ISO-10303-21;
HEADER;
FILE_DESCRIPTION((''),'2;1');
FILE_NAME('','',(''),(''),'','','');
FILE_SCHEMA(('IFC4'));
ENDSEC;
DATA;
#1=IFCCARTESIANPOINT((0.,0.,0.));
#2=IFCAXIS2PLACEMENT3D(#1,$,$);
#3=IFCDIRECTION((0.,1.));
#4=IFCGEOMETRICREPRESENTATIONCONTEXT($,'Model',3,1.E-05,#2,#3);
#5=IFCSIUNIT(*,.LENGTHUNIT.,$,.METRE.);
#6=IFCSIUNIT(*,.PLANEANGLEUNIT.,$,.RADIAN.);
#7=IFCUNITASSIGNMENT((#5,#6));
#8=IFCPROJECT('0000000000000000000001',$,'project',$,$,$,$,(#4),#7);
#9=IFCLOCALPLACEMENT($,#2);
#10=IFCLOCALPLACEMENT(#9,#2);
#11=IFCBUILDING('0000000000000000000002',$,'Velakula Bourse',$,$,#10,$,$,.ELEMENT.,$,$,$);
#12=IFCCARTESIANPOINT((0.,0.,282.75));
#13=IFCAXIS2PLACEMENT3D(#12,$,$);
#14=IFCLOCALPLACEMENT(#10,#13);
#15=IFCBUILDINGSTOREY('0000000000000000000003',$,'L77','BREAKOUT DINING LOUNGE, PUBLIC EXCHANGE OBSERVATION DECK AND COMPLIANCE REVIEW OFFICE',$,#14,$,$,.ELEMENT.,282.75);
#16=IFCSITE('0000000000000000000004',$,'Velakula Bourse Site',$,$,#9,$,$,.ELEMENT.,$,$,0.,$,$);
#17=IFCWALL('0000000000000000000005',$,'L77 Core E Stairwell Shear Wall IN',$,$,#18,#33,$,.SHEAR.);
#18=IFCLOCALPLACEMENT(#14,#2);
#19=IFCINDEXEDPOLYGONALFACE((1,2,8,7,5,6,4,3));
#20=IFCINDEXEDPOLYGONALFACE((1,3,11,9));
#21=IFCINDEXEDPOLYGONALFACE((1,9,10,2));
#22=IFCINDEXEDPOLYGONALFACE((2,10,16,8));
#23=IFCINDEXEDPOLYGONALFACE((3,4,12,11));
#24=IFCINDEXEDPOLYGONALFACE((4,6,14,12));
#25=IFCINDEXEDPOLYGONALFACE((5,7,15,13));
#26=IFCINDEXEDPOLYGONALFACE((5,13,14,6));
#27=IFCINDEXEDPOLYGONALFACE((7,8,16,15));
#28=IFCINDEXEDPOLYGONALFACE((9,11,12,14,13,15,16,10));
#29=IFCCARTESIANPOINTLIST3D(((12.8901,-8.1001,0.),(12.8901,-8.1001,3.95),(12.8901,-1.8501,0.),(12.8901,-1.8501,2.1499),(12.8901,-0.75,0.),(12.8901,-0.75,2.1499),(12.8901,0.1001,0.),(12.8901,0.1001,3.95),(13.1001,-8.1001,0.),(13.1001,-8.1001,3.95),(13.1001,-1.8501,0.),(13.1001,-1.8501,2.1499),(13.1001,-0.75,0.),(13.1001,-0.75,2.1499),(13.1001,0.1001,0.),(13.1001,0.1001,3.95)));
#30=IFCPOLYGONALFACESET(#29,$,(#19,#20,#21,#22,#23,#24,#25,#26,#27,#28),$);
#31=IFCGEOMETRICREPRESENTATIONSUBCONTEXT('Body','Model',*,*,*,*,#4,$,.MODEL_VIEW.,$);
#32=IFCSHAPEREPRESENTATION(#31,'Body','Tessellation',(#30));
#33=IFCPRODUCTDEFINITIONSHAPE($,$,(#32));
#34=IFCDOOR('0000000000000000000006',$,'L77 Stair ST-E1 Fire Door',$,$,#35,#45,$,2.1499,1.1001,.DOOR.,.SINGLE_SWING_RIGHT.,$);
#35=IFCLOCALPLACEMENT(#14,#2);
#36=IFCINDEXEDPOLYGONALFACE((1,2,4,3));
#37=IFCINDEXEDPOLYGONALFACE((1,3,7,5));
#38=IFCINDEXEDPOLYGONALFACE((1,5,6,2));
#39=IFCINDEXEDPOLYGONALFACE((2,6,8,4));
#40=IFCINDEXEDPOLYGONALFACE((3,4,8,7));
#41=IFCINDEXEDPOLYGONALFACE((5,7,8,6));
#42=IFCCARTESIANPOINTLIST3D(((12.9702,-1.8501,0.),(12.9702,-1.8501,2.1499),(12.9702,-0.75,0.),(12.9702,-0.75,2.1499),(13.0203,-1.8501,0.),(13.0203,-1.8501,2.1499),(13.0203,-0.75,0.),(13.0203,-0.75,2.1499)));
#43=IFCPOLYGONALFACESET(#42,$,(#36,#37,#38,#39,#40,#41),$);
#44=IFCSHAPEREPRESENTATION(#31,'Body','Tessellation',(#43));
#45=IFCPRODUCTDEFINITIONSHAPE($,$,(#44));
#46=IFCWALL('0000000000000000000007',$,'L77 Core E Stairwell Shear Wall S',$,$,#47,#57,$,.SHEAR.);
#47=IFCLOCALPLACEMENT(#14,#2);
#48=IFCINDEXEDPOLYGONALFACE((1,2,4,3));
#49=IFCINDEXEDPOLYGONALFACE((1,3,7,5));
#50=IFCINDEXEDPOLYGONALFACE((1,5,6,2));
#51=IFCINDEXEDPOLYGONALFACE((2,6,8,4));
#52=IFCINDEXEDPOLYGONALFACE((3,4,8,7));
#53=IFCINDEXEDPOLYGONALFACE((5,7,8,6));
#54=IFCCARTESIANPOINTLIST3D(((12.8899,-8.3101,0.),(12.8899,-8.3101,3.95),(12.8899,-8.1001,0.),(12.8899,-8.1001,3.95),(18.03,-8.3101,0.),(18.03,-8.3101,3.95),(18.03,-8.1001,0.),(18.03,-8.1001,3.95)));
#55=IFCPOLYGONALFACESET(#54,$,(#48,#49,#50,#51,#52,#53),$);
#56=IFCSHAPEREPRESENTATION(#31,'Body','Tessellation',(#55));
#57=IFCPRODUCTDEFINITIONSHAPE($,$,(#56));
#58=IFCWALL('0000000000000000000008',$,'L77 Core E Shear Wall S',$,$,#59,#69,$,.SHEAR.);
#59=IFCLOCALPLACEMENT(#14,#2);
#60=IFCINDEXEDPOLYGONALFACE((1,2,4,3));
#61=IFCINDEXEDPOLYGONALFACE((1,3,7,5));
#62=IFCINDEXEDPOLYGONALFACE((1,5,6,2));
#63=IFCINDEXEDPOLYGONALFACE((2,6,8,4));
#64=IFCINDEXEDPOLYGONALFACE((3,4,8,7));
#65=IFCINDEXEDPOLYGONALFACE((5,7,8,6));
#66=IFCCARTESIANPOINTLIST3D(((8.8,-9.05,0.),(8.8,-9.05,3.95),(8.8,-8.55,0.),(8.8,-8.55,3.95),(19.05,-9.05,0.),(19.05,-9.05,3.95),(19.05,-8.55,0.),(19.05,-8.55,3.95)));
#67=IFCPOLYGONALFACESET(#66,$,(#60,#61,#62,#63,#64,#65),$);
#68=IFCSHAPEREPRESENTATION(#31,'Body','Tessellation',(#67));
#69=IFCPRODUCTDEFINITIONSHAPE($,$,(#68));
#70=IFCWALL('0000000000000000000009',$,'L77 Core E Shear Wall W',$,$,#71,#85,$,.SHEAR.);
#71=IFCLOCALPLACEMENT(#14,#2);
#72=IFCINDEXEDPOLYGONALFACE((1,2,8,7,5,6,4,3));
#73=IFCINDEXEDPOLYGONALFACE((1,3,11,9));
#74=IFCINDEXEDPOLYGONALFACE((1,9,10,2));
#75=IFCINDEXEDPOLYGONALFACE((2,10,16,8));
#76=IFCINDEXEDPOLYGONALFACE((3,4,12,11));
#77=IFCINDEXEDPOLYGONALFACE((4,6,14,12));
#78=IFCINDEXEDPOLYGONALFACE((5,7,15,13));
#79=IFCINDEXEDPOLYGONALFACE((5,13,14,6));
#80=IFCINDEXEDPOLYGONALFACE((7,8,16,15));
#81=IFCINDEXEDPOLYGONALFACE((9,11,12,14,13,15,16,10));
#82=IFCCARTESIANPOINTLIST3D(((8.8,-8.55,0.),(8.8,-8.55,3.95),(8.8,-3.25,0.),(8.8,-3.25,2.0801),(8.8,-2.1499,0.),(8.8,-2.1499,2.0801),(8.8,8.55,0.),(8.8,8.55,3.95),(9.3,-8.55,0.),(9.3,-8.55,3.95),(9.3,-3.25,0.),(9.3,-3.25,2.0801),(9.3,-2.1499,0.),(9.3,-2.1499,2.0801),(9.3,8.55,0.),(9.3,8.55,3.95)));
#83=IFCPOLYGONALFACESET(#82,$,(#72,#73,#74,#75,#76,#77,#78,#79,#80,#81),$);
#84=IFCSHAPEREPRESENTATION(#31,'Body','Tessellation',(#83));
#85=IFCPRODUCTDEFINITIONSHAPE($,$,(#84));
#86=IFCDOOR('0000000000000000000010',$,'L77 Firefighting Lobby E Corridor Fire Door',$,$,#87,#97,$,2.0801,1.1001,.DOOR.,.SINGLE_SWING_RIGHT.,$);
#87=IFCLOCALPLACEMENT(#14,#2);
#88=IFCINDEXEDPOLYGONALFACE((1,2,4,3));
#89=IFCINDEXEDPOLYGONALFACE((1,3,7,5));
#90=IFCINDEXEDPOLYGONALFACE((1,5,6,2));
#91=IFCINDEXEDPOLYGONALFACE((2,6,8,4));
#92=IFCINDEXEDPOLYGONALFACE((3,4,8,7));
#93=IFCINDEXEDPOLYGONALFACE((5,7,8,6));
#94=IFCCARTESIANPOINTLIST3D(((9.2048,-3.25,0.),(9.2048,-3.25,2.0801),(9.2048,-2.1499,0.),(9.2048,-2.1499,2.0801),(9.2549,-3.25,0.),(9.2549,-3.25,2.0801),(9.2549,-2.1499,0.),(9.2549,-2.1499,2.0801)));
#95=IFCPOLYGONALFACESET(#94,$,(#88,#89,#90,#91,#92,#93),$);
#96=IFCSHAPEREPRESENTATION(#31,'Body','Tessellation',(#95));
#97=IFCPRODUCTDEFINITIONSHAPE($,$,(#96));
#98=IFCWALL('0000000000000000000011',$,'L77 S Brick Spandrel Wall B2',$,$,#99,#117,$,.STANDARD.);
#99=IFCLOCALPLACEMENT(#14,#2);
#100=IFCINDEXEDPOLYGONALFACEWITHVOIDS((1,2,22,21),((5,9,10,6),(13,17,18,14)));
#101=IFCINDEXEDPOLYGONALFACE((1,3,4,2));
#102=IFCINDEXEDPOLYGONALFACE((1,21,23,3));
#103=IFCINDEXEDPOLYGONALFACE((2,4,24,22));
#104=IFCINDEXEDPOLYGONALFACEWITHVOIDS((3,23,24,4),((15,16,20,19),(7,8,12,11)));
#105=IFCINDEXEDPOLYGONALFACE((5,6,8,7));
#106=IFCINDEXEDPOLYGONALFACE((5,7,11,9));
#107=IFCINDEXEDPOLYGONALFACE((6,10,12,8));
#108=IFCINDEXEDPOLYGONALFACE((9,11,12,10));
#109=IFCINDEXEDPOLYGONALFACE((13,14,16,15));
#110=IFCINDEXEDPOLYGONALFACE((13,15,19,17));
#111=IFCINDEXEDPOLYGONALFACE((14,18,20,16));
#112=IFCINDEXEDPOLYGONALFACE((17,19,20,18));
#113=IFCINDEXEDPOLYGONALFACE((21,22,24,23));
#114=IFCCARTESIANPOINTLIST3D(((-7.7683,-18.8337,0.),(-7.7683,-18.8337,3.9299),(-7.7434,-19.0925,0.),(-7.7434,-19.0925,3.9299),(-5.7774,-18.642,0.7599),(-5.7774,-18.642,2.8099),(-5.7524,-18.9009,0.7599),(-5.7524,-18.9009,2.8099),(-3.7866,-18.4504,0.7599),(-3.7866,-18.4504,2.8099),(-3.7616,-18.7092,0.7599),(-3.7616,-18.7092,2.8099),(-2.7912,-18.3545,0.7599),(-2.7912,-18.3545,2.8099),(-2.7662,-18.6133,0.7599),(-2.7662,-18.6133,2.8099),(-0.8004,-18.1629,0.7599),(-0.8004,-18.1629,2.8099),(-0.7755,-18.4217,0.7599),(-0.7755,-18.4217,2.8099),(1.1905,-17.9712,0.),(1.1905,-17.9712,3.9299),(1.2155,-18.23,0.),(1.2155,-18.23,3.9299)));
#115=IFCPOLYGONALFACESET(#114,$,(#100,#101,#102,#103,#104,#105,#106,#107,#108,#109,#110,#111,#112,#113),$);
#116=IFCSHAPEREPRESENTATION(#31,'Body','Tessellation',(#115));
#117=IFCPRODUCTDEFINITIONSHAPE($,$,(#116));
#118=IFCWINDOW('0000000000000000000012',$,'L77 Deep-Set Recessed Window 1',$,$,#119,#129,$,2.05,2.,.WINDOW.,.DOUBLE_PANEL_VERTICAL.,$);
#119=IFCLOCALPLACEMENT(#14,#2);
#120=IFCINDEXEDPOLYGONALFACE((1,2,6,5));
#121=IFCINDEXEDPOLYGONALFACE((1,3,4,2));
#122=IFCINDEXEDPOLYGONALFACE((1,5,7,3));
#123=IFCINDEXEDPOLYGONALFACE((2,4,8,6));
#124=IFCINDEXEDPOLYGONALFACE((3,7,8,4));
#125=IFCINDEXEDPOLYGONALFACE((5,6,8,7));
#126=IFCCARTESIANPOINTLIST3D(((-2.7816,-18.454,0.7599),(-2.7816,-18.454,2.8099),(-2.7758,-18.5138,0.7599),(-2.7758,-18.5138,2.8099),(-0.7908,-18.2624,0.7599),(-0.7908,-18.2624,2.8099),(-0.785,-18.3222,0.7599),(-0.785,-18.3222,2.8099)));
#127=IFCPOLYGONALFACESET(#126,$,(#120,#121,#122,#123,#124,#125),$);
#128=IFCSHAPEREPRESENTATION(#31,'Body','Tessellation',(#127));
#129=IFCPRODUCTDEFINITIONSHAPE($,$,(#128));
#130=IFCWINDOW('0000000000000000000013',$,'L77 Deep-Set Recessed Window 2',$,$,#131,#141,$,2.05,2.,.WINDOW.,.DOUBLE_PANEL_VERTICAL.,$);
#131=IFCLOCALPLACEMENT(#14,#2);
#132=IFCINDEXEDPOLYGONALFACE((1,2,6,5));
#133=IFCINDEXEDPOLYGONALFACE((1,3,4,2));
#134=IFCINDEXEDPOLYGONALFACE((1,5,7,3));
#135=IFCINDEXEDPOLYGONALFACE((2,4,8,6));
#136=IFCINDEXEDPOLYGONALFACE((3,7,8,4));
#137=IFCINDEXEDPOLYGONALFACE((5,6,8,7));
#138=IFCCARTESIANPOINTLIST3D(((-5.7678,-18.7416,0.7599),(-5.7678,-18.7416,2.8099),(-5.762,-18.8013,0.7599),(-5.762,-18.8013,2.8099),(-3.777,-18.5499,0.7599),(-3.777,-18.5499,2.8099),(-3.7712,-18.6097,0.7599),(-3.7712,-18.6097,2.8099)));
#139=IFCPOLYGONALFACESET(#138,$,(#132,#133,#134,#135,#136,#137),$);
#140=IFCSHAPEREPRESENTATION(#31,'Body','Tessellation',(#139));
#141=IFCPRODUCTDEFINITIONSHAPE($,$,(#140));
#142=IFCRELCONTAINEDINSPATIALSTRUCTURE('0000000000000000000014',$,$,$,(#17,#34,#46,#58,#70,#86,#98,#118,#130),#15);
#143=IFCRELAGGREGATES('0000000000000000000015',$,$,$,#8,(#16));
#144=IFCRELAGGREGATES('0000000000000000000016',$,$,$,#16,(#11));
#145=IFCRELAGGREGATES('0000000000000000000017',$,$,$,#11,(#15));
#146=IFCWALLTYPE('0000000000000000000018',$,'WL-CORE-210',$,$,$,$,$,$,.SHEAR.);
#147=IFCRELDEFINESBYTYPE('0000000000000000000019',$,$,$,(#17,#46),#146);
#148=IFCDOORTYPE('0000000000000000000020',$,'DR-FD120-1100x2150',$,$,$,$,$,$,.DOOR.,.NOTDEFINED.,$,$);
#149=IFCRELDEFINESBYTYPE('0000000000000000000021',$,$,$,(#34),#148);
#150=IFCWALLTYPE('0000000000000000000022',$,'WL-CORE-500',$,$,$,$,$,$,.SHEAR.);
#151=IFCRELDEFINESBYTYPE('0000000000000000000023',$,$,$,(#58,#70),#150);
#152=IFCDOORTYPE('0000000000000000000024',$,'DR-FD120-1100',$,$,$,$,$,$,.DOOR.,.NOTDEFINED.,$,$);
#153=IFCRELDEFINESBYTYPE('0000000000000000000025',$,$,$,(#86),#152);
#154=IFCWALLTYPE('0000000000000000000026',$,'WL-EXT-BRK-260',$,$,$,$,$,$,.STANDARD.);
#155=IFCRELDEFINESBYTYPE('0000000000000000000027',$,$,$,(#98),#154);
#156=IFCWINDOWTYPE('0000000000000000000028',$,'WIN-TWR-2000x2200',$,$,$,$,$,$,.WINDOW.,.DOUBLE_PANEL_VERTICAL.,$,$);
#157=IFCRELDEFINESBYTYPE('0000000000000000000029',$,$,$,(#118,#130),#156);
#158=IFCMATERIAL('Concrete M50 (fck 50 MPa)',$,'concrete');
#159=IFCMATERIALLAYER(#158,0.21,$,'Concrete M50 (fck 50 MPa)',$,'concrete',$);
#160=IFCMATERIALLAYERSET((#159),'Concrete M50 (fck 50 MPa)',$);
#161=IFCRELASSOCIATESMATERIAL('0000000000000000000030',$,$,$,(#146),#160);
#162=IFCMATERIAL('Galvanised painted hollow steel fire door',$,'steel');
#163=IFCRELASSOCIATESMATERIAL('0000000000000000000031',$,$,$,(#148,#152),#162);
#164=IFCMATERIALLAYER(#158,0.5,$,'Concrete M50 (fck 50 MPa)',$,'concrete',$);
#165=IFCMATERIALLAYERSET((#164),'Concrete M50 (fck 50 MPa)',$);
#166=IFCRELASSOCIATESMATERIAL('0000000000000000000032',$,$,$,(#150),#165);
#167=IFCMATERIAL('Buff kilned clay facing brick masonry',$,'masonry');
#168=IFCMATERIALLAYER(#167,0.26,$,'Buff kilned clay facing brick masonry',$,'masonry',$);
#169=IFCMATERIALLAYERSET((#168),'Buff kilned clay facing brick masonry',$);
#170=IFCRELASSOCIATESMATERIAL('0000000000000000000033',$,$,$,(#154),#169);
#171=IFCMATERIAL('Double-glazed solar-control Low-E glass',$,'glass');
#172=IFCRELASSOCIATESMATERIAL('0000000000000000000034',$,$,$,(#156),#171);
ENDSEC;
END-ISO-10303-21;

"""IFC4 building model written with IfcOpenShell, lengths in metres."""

from ifc_helpers import new_model, si_unit, direction, frame, frame_2d, origin, place, context, subcontext, project, spatial, rectangle, extrude, material, layer, layer_set, type_object, element, fill, save


model = new_model("IFC4")

# Units and contexts
model_context = context("Model", 3, precision=1e-05, world=origin(), true_north=direction((0.0, 1.0)))
body_context = subcontext(model_context, "Body", "Model", "MODEL_VIEW")
ifc_project = project(units=[si_unit("LENGTHUNIT", "METRE"), si_unit("PLANEANGLEUNIT", "RADIAN")], contexts=[model_context])

# Site, building, storey
site_placement = place(None, origin())
site = spatial("IfcSite", under=ifc_project, at=site_placement, Name="Velakula Bourse Site", CompositionType="ELEMENT", RefElevation=0.0)
building_placement = place(site_placement, origin())
building = spatial("IfcBuilding", under=site, at=building_placement, Name="Velakula Bourse", CompositionType="ELEMENT")
storey_placement = place(building_placement, frame((0.0, 0.0, 282.75)))
storey = spatial("IfcBuildingStorey", under=building, at=storey_placement, Name="L77", Description="BREAKOUT DINING LOUNGE, PUBLIC EXCHANGE OBSERVATION DECK AND COMPLIANCE REVIEW OFFICE", CompositionType="ELEMENT", Elevation=282.75)

# Shared definitions
ifc_material_1 = material(Name="Concrete M50 (fck 50 MPa)", Category="concrete")

# Wall, opening, door
ifc_layer_1 = layer(ifc_material_1, 0.21, Name="Concrete M50 (fck 50 MPa)", Category="concrete")
ifc_layer_set_1 = layer_set([ifc_layer_1], Name="Concrete M50 (fck 50 MPa)")
wall_type_1 = type_object("IfcWallType", Name="WL-CORE-210", PredefinedType="SHEAR", material=ifc_layer_set_1)
wall_1_placement = place(storey_placement, frame((12.9951, -8.1001, 0.0), z_axis=(0.0, 0.0, 1.0), x_axis=(0.0, 1.0, 0.0)))
wall_1 = element("IfcWall", 1, at=wall_1_placement, inside=storey, type_object=wall_type_1, Name="L77 Core E Stairwell Shear Wall IN", PredefinedType="SHEAR", context=body_context, shape_type="SweptSolid", body=[
    extrude(rectangle(XDim=8.2002, YDim=0.21, at=frame_2d((4.1001, 0.0))), origin(), (0.0, 0.0, 1.0), 3.95),
])
opening_1_placement = place(wall_1_placement, frame((6.25, 0.0, 0.0)))
opening_1 = element("IfcOpeningElement", 2, at=opening_1_placement, cuts=wall_1, PredefinedType="OPENING", context=body_context, shape_type="SweptSolid", body=[
    extrude(rectangle(XDim=1.1001, YDim=2.1499, at=frame_2d((0.55, 1.075))), frame((0.0, 0.115, 0.0), z_axis=(0.0, -1.0, 0.0), x_axis=(1.0, 0.0, 0.0)), (0.0, 0.0, 1.0), 0.23),
])
ifc_material_2 = material(Name="Galvanised painted hollow steel fire door", Category="steel")
door_type_1 = type_object("IfcDoorType", Name="DR-FD120-1100x2150", OperationType="NOTDEFINED", PredefinedType="DOOR", material=ifc_material_2)
door_1_placement = place(opening_1_placement, origin())
door_1 = element("IfcDoor", 3, at=door_1_placement, inside=storey, type_object=door_type_1, Name="L77 Stair ST-E1 Fire Door", OperationType="SINGLE_SWING_RIGHT", OverallHeight=2.1499, OverallWidth=1.1001, PredefinedType="DOOR", context=body_context, shape_type="SweptSolid", body=[
    extrude(rectangle(XDim=1.1001, YDim=2.1499, at=frame_2d((0.55, 1.075))), frame((0.0, 0.0249, 0.0), z_axis=(0.0, -1.0, 0.0), x_axis=(1.0, 0.0, 0.0)), (0.0, 0.0, 1.0), 0.05),
])
fill(opening_1, door_1)

# Walls
wall_2_placement = place(storey_placement, frame((12.8899, -8.2051, 0.0), z_axis=(0.0, 0.0, 1.0), x_axis=(1.0, 0.0, 0.0)))
element("IfcWall", 4, at=wall_2_placement, inside=storey, type_object=wall_type_1, Name="L77 Core E Stairwell Shear Wall S", PredefinedType="SHEAR", context=body_context, shape_type="SweptSolid", body=[
    extrude(rectangle(XDim=5.1401, YDim=0.21, at=frame_2d((2.5701, 0.0))), origin(), (0.0, 0.0, 1.0), 3.95),
])
ifc_layer_2 = layer(ifc_material_1, 0.5, Name="Concrete M50 (fck 50 MPa)", Category="concrete")
ifc_layer_set_2 = layer_set([ifc_layer_2], Name="Concrete M50 (fck 50 MPa)")
wall_type_2 = type_object("IfcWallType", Name="WL-CORE-500", PredefinedType="SHEAR", material=ifc_layer_set_2)
wall_3_placement = place(storey_placement, frame((8.8, -8.8, 0.0), z_axis=(0.0, 0.0, 1.0), x_axis=(1.0, 0.0, 0.0)))
element("IfcWall", 5, at=wall_3_placement, inside=storey, type_object=wall_type_2, Name="L77 Core E Shear Wall S", PredefinedType="SHEAR", context=body_context, shape_type="SweptSolid", body=[
    extrude(rectangle(XDim=10.25, YDim=0.5, at=frame_2d((5.125, 0.0))), origin(), (0.0, 0.0, 1.0), 3.95),
])

# Wall, opening, door
wall_4_placement = place(storey_placement, frame((9.05, -8.55, 0.0), z_axis=(0.0, 0.0, 1.0), x_axis=(0.0, 1.0, 0.0)))
wall_4 = element("IfcWall", 6, at=wall_4_placement, inside=storey, type_object=wall_type_2, Name="L77 Core E Shear Wall W", PredefinedType="SHEAR", context=body_context, shape_type="SweptSolid", body=[
    extrude(rectangle(XDim=17.1001, YDim=0.5, at=frame_2d((8.55, 0.0))), origin(), (0.0, 0.0, 1.0), 3.95),
])
opening_2_placement = place(wall_4_placement, frame((5.3, 0.0, 0.0)))
opening_2 = element("IfcOpeningElement", 7, at=opening_2_placement, cuts=wall_4, PredefinedType="OPENING", context=body_context, shape_type="SweptSolid", body=[
    extrude(rectangle(XDim=1.1001, YDim=2.0801, at=frame_2d((0.55, 1.04))), frame((0.0, 0.26, 0.0), z_axis=(0.0, -1.0, 0.0), x_axis=(1.0, 0.0, 0.0)), (0.0, 0.0, 1.0), 0.52),
])
door_type_2 = type_object("IfcDoorType", Name="DR-FD120-1100", OperationType="NOTDEFINED", PredefinedType="DOOR", material=ifc_material_2)
door_2_placement = place(opening_2_placement, origin())
door_2 = element("IfcDoor", 8, at=door_2_placement, inside=storey, type_object=door_type_2, Name="L77 Firefighting Lobby E Corridor Fire Door", OperationType="SINGLE_SWING_RIGHT", OverallHeight=2.0801, OverallWidth=1.1001, PredefinedType="DOOR", context=body_context, shape_type="SweptSolid", body=[
    extrude(rectangle(XDim=1.1001, YDim=2.0801, at=frame_2d((0.55, 1.04))), frame((0.0, -0.1548, 0.0), z_axis=(0.0, -1.0, 0.0), x_axis=(1.0, 0.0, 0.0)), (0.0, 0.0, 1.0), 0.05),
])
fill(opening_2, door_2)

# Wall, openings, windows
ifc_material_3 = material(Name="Buff kilned clay facing brick masonry", Category="masonry")
ifc_layer_3 = layer(ifc_material_3, 0.26, Name="Buff kilned clay facing brick masonry", Category="masonry")
ifc_layer_set_3 = layer_set([ifc_layer_3], Name="Buff kilned clay facing brick masonry")
wall_type_3 = type_object("IfcWallType", Name="WL-EXT-BRK-260", PredefinedType="STANDARD", material=ifc_layer_set_3)
wall_5_placement = place(storey_placement, frame((1.2029, -18.1006, 0.0), z_axis=(0.0, 0.0, 1.0), x_axis=(-0.995397, -0.095837, 0.0)))
wall_5 = element("IfcWall", 9, at=wall_5_placement, inside=storey, type_object=wall_type_3, Name="L77 S Brick Spandrel Wall B2", PredefinedType="STANDARD", context=body_context, shape_type="SweptSolid", body=[
    extrude(rectangle(XDim=9.0002, YDim=0.26, at=frame_2d((4.5, 0.0))), origin(), (0.0, 0.0, 1.0), 3.9299),
])
opening_3_placement = place(wall_5_placement, frame((2.0, 0.0, 0.76)))
opening_3 = element("IfcOpeningElement", 10, at=opening_3_placement, cuts=wall_5, PredefinedType="OPENING", context=body_context, shape_type="SweptSolid", body=[
    extrude(rectangle(XDim=2.0, YDim=2.05, at=frame_2d((1.0, 1.0249))), frame((0.0, 0.1399, 0.0), z_axis=(0.0, -1.0, 0.0), x_axis=(1.0, 0.0, 0.0)), (0.0, 0.0, 1.0), 0.28),
])
opening_4_placement = place(wall_5_placement, frame((5.0, 0.0, 0.76)))
opening_4 = element("IfcOpeningElement", 11, at=opening_4_placement, cuts=wall_5, PredefinedType="OPENING", context=body_context, shape_type="SweptSolid", body=[
    extrude(rectangle(XDim=2.0, YDim=2.05, at=frame_2d((1.0, 1.0249))), frame((0.0, 0.1399, 0.0), z_axis=(0.0, -1.0, 0.0), x_axis=(1.0, 0.0, 0.0)), (0.0, 0.0, 1.0), 0.28),
])
ifc_material_4 = material(Name="Double-glazed solar-control Low-E glass", Category="glass")
window_type = type_object("IfcWindowType", Name="WIN-TWR-2000x2200", PartitioningType="DOUBLE_PANEL_VERTICAL", PredefinedType="WINDOW", material=ifc_material_4)
window_1_placement = place(opening_3_placement, origin())
window_1 = element("IfcWindow", 12, at=window_1_placement, inside=storey, type_object=window_type, Name="L77 Deep-Set Recessed Window 1", OverallHeight=2.05, OverallWidth=2.0, PartitioningType="DOUBLE_PANEL_VERTICAL", PredefinedType="WINDOW", context=body_context, shape_type="SweptSolid", body=[
    extrude(rectangle(XDim=2.0, YDim=2.05, at=frame_2d((1.0, 1.0249))), frame((0.0, 0.03, 0.0), z_axis=(0.0, -1.0, 0.0), x_axis=(1.0, 0.0, 0.0)), (0.0, 0.0, 1.0), 0.0601),
])
fill(opening_3, window_1)
window_2_placement = place(opening_4_placement, origin())
window_2 = element("IfcWindow", 13, at=window_2_placement, inside=storey, type_object=window_type, Name="L77 Deep-Set Recessed Window 2", OverallHeight=2.05, OverallWidth=2.0, PartitioningType="DOUBLE_PANEL_VERTICAL", PredefinedType="WINDOW", context=body_context, shape_type="SweptSolid", body=[
    extrude(rectangle(XDim=2.0, YDim=2.05, at=frame_2d((1.0, 1.0249))), frame((0.0, 0.03, 0.0), z_axis=(0.0, -1.0, 0.0), x_axis=(1.0, 0.0, 0.0)), (0.0, 0.0, 1.0), 0.0601),
])
fill(opening_4, window_2)

save(model, "model.ifc")
